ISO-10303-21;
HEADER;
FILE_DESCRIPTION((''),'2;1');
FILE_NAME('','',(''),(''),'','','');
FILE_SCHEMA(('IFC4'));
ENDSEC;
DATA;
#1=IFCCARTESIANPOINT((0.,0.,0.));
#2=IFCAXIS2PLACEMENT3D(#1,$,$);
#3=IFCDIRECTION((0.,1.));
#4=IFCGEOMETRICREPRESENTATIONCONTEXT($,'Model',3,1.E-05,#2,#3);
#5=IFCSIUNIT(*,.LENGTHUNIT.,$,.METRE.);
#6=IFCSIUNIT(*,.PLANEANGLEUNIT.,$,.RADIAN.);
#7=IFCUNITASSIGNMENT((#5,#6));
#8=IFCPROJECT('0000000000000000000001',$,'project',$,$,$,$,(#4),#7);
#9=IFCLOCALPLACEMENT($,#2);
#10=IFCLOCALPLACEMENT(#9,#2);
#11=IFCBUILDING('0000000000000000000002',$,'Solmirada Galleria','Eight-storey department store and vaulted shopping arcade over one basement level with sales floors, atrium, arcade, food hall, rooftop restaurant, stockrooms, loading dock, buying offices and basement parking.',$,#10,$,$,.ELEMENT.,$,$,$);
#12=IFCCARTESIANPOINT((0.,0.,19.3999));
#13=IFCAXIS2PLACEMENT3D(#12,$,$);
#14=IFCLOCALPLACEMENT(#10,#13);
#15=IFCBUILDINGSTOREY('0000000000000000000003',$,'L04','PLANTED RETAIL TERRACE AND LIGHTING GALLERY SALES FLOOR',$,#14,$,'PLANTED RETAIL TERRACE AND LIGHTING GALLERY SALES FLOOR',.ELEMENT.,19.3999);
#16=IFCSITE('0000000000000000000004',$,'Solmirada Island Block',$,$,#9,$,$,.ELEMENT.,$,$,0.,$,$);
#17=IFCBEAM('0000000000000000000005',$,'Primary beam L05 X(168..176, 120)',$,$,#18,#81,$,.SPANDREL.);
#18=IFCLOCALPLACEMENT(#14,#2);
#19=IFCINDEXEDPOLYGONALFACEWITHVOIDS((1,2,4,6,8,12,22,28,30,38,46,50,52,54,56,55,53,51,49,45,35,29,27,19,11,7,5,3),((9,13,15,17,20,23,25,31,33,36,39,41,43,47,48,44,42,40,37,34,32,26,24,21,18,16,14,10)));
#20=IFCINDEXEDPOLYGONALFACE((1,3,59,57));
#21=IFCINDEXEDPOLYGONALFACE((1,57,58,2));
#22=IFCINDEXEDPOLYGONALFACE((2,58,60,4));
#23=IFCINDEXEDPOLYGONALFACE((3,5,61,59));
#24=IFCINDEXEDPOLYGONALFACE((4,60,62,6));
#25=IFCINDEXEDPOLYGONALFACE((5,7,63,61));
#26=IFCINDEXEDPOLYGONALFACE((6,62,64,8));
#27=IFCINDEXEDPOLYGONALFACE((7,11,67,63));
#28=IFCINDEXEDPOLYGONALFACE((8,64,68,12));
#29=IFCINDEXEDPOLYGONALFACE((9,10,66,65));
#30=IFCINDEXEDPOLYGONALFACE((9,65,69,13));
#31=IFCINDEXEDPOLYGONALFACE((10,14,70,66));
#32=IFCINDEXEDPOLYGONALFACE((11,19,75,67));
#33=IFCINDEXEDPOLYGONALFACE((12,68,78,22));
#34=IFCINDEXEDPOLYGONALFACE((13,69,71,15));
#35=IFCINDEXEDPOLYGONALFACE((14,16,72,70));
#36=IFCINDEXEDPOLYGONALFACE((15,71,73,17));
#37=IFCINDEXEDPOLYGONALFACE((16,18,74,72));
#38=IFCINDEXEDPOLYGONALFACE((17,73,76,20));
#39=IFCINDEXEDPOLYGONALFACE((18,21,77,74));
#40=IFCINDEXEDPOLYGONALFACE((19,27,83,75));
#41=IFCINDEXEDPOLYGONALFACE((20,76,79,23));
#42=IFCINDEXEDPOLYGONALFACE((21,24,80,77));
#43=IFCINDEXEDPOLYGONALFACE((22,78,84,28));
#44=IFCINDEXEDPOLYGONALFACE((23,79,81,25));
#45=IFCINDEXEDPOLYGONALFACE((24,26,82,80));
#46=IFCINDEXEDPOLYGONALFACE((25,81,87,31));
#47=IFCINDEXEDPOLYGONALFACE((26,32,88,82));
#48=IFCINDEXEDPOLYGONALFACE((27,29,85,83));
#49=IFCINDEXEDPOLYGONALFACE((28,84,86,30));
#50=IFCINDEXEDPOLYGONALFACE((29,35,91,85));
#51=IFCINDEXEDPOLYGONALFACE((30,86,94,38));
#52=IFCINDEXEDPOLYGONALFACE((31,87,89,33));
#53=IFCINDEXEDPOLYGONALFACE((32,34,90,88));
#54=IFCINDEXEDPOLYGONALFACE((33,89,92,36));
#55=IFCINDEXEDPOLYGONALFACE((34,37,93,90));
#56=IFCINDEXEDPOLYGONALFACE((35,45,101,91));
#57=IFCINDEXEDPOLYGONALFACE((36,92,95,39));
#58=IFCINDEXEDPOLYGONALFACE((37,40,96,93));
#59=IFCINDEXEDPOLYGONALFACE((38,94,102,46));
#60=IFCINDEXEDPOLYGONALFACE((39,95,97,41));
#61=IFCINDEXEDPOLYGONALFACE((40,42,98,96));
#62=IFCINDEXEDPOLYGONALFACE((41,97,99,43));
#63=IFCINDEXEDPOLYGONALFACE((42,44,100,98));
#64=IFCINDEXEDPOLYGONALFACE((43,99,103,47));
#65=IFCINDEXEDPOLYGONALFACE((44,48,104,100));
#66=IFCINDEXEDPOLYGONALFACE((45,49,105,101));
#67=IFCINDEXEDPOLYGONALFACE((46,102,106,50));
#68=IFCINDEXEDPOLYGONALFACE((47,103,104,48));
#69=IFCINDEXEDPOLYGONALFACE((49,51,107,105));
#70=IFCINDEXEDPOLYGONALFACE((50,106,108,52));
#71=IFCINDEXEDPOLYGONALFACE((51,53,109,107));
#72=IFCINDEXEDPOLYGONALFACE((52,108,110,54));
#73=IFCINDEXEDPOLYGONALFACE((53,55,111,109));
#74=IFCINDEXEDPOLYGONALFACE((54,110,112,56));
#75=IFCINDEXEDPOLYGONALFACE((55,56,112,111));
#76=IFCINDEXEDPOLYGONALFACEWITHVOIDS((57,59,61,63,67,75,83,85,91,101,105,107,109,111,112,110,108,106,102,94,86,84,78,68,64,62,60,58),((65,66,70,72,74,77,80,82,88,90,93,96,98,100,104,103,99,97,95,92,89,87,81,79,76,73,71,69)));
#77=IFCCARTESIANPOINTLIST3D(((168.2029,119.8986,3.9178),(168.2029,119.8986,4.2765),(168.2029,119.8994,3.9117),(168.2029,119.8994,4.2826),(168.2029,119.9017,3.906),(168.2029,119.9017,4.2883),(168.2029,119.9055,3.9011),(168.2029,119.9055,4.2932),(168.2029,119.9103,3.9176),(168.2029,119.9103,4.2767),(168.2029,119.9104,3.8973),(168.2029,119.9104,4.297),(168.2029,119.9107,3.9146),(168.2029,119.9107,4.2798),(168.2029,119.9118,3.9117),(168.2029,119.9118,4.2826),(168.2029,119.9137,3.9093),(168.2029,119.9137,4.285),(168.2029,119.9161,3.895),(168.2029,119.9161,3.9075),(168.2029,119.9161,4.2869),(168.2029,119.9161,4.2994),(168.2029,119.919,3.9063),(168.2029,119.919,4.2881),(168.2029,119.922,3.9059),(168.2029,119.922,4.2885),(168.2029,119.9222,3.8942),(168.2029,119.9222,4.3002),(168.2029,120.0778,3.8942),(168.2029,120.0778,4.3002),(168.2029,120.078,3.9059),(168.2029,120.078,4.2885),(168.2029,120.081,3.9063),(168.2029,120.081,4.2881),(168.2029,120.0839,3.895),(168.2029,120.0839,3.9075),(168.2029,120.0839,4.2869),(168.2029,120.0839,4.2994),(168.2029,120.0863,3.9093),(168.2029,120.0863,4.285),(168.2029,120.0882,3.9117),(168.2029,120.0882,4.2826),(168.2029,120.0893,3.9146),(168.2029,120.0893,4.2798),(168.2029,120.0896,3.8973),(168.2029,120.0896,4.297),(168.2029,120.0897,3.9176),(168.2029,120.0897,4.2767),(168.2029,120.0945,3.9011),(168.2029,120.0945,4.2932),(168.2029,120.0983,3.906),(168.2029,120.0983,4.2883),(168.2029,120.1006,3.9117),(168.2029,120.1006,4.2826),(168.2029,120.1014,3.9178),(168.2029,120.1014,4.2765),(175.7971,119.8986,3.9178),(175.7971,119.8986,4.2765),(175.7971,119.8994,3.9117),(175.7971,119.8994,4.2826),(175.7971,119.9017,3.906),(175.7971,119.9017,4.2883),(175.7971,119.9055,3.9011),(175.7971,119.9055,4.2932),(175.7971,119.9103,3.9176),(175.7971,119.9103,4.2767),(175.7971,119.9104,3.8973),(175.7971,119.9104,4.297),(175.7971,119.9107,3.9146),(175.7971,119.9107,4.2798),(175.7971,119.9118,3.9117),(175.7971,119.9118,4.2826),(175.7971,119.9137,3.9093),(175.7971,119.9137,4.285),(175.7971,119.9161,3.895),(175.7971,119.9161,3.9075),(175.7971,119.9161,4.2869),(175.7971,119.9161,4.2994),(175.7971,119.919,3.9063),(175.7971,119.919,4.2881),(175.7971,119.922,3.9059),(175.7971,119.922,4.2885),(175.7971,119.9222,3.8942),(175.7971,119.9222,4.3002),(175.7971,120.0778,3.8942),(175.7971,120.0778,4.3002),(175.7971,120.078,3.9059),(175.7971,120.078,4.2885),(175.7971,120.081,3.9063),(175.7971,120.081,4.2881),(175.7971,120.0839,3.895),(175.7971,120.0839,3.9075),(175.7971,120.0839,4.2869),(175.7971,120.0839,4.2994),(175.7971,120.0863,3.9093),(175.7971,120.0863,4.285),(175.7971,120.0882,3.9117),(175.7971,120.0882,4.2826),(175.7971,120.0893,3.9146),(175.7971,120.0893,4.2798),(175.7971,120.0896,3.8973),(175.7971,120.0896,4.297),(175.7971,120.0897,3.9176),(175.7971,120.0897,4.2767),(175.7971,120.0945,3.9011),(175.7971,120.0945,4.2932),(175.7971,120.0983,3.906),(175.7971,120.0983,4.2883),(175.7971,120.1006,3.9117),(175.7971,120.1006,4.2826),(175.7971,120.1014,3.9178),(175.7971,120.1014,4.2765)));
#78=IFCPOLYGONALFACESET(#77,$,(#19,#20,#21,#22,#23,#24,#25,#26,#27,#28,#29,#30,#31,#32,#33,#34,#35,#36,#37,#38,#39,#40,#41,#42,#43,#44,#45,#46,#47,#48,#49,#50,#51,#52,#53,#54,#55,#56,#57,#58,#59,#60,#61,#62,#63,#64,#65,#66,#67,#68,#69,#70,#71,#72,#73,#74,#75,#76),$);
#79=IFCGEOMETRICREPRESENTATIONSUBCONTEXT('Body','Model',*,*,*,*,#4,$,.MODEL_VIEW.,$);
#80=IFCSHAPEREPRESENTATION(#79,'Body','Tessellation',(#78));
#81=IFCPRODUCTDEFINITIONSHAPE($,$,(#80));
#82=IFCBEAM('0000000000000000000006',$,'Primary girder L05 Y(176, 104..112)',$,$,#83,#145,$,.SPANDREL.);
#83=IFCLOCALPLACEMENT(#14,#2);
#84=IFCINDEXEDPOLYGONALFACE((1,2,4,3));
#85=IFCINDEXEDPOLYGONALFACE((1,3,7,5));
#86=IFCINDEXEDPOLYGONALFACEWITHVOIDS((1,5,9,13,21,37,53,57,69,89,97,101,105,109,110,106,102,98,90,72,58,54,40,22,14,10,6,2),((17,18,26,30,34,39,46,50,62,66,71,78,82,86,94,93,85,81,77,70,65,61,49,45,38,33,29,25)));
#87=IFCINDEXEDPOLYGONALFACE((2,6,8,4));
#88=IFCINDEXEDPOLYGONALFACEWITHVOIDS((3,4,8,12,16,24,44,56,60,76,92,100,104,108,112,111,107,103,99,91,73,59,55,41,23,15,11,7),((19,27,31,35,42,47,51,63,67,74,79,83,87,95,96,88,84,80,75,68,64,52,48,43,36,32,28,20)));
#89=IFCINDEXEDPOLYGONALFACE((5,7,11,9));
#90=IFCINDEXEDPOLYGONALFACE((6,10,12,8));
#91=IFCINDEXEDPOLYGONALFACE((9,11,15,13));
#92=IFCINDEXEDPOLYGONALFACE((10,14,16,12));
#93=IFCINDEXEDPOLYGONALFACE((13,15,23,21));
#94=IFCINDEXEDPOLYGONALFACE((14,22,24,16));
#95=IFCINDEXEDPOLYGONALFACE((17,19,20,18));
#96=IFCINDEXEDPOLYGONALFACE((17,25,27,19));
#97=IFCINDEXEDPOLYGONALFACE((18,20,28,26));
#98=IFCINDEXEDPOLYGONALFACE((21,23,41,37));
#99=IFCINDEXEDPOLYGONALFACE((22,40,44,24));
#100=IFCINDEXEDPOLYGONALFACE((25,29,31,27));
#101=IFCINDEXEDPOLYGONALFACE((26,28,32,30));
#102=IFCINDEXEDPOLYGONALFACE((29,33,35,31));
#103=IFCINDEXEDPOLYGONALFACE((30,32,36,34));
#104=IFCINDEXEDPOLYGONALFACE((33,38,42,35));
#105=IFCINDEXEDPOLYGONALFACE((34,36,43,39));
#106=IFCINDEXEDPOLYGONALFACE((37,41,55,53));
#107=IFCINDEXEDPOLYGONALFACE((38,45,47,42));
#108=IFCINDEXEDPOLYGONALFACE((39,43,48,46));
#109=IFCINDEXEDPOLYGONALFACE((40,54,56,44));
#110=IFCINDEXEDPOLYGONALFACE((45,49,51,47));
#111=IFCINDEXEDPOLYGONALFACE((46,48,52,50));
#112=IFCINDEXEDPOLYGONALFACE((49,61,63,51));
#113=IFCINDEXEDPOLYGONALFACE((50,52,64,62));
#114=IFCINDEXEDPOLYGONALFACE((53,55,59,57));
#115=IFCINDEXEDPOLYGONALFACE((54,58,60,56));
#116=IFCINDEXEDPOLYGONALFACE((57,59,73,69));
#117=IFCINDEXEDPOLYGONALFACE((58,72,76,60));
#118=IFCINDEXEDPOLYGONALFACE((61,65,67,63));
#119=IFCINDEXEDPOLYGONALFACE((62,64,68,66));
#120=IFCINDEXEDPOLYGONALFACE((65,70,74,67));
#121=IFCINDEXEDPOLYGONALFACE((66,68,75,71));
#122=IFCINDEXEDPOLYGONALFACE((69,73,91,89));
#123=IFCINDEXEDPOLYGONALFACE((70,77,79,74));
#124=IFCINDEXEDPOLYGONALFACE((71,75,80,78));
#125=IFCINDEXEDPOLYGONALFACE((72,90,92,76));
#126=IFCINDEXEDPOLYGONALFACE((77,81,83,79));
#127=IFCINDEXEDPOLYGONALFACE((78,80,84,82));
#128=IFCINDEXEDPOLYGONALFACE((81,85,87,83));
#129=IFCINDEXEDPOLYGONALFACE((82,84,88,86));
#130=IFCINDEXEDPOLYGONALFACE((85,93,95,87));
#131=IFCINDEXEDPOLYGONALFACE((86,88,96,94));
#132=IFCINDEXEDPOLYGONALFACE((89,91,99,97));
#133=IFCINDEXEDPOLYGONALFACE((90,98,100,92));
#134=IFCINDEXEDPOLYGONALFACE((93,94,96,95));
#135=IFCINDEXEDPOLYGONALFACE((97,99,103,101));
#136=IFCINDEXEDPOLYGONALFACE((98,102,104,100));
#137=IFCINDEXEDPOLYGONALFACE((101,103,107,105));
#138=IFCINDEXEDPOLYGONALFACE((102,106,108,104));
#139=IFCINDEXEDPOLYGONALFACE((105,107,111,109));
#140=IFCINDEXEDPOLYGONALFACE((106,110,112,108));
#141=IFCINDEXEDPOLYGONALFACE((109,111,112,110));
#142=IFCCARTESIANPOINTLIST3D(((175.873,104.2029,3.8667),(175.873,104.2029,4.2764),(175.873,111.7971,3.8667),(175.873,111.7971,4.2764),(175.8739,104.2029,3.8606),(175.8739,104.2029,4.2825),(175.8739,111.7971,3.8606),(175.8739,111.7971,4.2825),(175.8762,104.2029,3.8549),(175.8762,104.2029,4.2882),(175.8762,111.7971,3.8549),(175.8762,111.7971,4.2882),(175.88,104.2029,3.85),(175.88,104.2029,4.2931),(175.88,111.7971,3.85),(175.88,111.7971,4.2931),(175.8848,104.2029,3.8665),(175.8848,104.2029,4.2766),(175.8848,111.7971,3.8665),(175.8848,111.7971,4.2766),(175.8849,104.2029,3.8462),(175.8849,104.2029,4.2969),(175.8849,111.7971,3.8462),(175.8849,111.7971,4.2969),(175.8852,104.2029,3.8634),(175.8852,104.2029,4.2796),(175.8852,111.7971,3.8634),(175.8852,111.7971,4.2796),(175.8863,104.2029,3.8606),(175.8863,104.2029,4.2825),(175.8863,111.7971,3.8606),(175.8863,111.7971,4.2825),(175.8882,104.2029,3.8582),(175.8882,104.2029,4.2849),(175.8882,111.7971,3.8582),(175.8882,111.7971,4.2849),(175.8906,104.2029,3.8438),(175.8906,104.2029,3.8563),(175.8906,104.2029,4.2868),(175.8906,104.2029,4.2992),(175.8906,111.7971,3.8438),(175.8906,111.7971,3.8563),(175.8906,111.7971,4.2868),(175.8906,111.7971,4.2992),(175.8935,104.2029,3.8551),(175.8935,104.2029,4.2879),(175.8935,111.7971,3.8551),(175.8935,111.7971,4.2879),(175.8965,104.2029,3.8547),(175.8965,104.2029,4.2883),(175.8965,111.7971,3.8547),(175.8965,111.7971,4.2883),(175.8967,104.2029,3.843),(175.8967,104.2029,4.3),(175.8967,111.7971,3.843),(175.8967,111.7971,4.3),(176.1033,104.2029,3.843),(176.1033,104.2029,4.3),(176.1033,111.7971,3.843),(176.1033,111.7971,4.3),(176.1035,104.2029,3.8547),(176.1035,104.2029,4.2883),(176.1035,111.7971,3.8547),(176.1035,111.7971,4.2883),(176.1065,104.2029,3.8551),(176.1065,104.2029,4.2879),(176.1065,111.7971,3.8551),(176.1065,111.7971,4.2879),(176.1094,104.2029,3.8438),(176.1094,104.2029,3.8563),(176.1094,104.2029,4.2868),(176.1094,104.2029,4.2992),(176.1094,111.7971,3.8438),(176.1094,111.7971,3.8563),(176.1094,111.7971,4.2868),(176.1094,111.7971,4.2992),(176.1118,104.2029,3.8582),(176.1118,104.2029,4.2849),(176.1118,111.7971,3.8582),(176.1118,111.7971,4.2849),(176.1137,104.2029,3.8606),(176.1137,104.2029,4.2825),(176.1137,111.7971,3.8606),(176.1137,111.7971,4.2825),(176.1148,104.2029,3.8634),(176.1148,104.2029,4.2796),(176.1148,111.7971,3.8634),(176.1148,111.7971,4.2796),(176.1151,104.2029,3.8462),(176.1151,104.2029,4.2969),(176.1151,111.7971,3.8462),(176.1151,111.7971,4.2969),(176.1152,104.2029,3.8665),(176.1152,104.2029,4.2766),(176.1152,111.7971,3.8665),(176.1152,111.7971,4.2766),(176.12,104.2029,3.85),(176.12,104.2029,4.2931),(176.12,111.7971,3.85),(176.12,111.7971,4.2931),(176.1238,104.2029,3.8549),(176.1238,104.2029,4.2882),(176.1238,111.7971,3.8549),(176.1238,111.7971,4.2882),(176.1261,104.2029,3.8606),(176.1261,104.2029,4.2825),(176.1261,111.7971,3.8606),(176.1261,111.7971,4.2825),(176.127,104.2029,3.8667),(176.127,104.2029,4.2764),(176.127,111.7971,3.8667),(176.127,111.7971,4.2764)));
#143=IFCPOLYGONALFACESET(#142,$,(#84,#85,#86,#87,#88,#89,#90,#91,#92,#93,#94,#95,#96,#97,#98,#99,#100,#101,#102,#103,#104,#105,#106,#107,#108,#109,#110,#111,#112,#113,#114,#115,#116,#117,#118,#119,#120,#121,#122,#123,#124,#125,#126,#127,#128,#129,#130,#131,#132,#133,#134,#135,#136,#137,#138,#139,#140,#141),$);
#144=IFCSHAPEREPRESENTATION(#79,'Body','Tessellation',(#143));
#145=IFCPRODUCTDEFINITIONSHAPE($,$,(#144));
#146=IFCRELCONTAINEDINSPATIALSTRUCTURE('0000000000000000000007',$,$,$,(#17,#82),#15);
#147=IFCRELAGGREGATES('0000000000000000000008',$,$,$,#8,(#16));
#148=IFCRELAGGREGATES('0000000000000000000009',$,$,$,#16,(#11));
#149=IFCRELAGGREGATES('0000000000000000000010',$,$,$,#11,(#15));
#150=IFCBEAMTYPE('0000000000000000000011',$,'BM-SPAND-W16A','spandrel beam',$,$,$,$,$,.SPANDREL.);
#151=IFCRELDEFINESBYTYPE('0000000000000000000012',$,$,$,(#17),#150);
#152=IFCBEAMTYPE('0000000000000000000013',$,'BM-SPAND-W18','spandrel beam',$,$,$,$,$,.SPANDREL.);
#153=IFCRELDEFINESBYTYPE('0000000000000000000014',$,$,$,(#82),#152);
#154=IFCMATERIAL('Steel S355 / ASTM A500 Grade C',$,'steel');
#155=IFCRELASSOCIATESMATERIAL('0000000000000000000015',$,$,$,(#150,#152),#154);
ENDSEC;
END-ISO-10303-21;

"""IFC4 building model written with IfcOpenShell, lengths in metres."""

from ifc_helpers import new_model, si_unit, direction, frame, origin, origin_2d, place, context, subcontext, project, spatial, hollow_rectangle, extrude, material, material_profile, profile_set, type_object, element, save


model = new_model("IFC4")

# Units and contexts
model_context = context("Model", 3, precision=1e-05, world=origin(), true_north=direction((0.0, 1.0)))
body_context = subcontext(model_context, "Body", "Model", "MODEL_VIEW")
ifc_project = project(units=[si_unit("LENGTHUNIT", "METRE"), si_unit("PLANEANGLEUNIT", "RADIAN")], contexts=[model_context])

# Site, building, storey
site_placement = place(None, origin())
site = spatial("IfcSite", under=ifc_project, at=site_placement, Name="Solmirada Island Block", CompositionType="ELEMENT", RefElevation=0.0)
building_placement = place(site_placement, origin())
building = spatial("IfcBuilding", under=site, at=building_placement, Name="Solmirada Galleria", Description="Eight-storey department store and vaulted shopping arcade over one basement level with sales floors, atrium, arcade, food hall, rooftop restaurant, stockrooms, loading dock, buying offices and basement parking.", CompositionType="ELEMENT")
storey_placement = place(building_placement, frame((0.0, 0.0, 19.3999)))
storey = spatial("IfcBuildingStorey", under=building, at=storey_placement, Name="L04", Description="PLANTED RETAIL TERRACE AND LIGHTING GALLERY SALES FLOOR", LongName="PLANTED RETAIL TERRACE AND LIGHTING GALLERY SALES FLOOR", CompositionType="ELEMENT", Elevation=19.3999)

# Shared definitions
ifc_material_1 = material(Name="Steel S355 / ASTM A500 Grade C", Category="steel")

# Beams
ifc_material_profile_1 = material_profile(ifc_material_1, hollow_rectangle(XDim=0.2029, YDim=0.406, WallThickness=0.0117, InnerFilletRadius=0.0117, OuterFilletRadius=0.0237, at=origin_2d()), Name="HSS16X8X1/2")
ifc_profile_set_1 = profile_set([ifc_material_profile_1], Name="Steel S355 / ASTM A500 Grade C")
beam_type_1 = type_object("IfcBeamType", Name="BM-SPAND-W16A", Description="spandrel beam", PredefinedType="SPANDREL", material=ifc_profile_set_1)
beam_1_placement = place(storey_placement, frame((168.2029, 120.0, 4.0972), z_axis=(1.0, 0.0, 0.0), x_axis=(0.0, 1.0, 0.0)))
element("IfcBeam", 1, at=beam_1_placement, inside=storey, type_object=beam_type_1, Name="Primary beam L05 X(168..176, 120)", PredefinedType="SPANDREL", context=body_context, shape_type="SweptSolid", body=[
    extrude(hollow_rectangle(XDim=0.2029, YDim=0.406, WallThickness=0.0117, InnerFilletRadius=0.0117, OuterFilletRadius=0.0237, at=origin_2d()), origin(), (0.0, 0.0, 1.0), 7.5942),
])
ifc_material_profile_2 = material_profile(ifc_material_1, hollow_rectangle(XDim=0.2539, YDim=0.457, WallThickness=0.0117, InnerFilletRadius=0.0117, OuterFilletRadius=0.0237, at=origin_2d()), Name="HSS18X10X1/2")
ifc_profile_set_2 = profile_set([ifc_material_profile_2], Name="Steel S355 / ASTM A500 Grade C")
beam_type_2 = type_object("IfcBeamType", Name="BM-SPAND-W18", Description="spandrel beam", PredefinedType="SPANDREL", material=ifc_profile_set_2)
for number, where, z_axis, x_axis, name in (
    (2, (176.0, 104.2029, 4.0715), (0.0, 1.0, 0.0), (-1.0, 0.0, 0.0), "Primary girder L05 Y(176, 104..112)"),
):
    element("IfcBeam", number, at=place(storey_placement, frame(where, z_axis=z_axis, x_axis=x_axis)), inside=storey, type_object=beam_type_2, Name=name, PredefinedType="SPANDREL", context=body_context, shape_type="SweptSolid", body=[
        extrude(hollow_rectangle(XDim=0.2539, YDim=0.457, WallThickness=0.0117, InnerFilletRadius=0.0117, OuterFilletRadius=0.0237, at=origin_2d()), origin(), (0.0, 0.0, 1.0), 7.5942),
    ])

save(model, "model.ifc")
